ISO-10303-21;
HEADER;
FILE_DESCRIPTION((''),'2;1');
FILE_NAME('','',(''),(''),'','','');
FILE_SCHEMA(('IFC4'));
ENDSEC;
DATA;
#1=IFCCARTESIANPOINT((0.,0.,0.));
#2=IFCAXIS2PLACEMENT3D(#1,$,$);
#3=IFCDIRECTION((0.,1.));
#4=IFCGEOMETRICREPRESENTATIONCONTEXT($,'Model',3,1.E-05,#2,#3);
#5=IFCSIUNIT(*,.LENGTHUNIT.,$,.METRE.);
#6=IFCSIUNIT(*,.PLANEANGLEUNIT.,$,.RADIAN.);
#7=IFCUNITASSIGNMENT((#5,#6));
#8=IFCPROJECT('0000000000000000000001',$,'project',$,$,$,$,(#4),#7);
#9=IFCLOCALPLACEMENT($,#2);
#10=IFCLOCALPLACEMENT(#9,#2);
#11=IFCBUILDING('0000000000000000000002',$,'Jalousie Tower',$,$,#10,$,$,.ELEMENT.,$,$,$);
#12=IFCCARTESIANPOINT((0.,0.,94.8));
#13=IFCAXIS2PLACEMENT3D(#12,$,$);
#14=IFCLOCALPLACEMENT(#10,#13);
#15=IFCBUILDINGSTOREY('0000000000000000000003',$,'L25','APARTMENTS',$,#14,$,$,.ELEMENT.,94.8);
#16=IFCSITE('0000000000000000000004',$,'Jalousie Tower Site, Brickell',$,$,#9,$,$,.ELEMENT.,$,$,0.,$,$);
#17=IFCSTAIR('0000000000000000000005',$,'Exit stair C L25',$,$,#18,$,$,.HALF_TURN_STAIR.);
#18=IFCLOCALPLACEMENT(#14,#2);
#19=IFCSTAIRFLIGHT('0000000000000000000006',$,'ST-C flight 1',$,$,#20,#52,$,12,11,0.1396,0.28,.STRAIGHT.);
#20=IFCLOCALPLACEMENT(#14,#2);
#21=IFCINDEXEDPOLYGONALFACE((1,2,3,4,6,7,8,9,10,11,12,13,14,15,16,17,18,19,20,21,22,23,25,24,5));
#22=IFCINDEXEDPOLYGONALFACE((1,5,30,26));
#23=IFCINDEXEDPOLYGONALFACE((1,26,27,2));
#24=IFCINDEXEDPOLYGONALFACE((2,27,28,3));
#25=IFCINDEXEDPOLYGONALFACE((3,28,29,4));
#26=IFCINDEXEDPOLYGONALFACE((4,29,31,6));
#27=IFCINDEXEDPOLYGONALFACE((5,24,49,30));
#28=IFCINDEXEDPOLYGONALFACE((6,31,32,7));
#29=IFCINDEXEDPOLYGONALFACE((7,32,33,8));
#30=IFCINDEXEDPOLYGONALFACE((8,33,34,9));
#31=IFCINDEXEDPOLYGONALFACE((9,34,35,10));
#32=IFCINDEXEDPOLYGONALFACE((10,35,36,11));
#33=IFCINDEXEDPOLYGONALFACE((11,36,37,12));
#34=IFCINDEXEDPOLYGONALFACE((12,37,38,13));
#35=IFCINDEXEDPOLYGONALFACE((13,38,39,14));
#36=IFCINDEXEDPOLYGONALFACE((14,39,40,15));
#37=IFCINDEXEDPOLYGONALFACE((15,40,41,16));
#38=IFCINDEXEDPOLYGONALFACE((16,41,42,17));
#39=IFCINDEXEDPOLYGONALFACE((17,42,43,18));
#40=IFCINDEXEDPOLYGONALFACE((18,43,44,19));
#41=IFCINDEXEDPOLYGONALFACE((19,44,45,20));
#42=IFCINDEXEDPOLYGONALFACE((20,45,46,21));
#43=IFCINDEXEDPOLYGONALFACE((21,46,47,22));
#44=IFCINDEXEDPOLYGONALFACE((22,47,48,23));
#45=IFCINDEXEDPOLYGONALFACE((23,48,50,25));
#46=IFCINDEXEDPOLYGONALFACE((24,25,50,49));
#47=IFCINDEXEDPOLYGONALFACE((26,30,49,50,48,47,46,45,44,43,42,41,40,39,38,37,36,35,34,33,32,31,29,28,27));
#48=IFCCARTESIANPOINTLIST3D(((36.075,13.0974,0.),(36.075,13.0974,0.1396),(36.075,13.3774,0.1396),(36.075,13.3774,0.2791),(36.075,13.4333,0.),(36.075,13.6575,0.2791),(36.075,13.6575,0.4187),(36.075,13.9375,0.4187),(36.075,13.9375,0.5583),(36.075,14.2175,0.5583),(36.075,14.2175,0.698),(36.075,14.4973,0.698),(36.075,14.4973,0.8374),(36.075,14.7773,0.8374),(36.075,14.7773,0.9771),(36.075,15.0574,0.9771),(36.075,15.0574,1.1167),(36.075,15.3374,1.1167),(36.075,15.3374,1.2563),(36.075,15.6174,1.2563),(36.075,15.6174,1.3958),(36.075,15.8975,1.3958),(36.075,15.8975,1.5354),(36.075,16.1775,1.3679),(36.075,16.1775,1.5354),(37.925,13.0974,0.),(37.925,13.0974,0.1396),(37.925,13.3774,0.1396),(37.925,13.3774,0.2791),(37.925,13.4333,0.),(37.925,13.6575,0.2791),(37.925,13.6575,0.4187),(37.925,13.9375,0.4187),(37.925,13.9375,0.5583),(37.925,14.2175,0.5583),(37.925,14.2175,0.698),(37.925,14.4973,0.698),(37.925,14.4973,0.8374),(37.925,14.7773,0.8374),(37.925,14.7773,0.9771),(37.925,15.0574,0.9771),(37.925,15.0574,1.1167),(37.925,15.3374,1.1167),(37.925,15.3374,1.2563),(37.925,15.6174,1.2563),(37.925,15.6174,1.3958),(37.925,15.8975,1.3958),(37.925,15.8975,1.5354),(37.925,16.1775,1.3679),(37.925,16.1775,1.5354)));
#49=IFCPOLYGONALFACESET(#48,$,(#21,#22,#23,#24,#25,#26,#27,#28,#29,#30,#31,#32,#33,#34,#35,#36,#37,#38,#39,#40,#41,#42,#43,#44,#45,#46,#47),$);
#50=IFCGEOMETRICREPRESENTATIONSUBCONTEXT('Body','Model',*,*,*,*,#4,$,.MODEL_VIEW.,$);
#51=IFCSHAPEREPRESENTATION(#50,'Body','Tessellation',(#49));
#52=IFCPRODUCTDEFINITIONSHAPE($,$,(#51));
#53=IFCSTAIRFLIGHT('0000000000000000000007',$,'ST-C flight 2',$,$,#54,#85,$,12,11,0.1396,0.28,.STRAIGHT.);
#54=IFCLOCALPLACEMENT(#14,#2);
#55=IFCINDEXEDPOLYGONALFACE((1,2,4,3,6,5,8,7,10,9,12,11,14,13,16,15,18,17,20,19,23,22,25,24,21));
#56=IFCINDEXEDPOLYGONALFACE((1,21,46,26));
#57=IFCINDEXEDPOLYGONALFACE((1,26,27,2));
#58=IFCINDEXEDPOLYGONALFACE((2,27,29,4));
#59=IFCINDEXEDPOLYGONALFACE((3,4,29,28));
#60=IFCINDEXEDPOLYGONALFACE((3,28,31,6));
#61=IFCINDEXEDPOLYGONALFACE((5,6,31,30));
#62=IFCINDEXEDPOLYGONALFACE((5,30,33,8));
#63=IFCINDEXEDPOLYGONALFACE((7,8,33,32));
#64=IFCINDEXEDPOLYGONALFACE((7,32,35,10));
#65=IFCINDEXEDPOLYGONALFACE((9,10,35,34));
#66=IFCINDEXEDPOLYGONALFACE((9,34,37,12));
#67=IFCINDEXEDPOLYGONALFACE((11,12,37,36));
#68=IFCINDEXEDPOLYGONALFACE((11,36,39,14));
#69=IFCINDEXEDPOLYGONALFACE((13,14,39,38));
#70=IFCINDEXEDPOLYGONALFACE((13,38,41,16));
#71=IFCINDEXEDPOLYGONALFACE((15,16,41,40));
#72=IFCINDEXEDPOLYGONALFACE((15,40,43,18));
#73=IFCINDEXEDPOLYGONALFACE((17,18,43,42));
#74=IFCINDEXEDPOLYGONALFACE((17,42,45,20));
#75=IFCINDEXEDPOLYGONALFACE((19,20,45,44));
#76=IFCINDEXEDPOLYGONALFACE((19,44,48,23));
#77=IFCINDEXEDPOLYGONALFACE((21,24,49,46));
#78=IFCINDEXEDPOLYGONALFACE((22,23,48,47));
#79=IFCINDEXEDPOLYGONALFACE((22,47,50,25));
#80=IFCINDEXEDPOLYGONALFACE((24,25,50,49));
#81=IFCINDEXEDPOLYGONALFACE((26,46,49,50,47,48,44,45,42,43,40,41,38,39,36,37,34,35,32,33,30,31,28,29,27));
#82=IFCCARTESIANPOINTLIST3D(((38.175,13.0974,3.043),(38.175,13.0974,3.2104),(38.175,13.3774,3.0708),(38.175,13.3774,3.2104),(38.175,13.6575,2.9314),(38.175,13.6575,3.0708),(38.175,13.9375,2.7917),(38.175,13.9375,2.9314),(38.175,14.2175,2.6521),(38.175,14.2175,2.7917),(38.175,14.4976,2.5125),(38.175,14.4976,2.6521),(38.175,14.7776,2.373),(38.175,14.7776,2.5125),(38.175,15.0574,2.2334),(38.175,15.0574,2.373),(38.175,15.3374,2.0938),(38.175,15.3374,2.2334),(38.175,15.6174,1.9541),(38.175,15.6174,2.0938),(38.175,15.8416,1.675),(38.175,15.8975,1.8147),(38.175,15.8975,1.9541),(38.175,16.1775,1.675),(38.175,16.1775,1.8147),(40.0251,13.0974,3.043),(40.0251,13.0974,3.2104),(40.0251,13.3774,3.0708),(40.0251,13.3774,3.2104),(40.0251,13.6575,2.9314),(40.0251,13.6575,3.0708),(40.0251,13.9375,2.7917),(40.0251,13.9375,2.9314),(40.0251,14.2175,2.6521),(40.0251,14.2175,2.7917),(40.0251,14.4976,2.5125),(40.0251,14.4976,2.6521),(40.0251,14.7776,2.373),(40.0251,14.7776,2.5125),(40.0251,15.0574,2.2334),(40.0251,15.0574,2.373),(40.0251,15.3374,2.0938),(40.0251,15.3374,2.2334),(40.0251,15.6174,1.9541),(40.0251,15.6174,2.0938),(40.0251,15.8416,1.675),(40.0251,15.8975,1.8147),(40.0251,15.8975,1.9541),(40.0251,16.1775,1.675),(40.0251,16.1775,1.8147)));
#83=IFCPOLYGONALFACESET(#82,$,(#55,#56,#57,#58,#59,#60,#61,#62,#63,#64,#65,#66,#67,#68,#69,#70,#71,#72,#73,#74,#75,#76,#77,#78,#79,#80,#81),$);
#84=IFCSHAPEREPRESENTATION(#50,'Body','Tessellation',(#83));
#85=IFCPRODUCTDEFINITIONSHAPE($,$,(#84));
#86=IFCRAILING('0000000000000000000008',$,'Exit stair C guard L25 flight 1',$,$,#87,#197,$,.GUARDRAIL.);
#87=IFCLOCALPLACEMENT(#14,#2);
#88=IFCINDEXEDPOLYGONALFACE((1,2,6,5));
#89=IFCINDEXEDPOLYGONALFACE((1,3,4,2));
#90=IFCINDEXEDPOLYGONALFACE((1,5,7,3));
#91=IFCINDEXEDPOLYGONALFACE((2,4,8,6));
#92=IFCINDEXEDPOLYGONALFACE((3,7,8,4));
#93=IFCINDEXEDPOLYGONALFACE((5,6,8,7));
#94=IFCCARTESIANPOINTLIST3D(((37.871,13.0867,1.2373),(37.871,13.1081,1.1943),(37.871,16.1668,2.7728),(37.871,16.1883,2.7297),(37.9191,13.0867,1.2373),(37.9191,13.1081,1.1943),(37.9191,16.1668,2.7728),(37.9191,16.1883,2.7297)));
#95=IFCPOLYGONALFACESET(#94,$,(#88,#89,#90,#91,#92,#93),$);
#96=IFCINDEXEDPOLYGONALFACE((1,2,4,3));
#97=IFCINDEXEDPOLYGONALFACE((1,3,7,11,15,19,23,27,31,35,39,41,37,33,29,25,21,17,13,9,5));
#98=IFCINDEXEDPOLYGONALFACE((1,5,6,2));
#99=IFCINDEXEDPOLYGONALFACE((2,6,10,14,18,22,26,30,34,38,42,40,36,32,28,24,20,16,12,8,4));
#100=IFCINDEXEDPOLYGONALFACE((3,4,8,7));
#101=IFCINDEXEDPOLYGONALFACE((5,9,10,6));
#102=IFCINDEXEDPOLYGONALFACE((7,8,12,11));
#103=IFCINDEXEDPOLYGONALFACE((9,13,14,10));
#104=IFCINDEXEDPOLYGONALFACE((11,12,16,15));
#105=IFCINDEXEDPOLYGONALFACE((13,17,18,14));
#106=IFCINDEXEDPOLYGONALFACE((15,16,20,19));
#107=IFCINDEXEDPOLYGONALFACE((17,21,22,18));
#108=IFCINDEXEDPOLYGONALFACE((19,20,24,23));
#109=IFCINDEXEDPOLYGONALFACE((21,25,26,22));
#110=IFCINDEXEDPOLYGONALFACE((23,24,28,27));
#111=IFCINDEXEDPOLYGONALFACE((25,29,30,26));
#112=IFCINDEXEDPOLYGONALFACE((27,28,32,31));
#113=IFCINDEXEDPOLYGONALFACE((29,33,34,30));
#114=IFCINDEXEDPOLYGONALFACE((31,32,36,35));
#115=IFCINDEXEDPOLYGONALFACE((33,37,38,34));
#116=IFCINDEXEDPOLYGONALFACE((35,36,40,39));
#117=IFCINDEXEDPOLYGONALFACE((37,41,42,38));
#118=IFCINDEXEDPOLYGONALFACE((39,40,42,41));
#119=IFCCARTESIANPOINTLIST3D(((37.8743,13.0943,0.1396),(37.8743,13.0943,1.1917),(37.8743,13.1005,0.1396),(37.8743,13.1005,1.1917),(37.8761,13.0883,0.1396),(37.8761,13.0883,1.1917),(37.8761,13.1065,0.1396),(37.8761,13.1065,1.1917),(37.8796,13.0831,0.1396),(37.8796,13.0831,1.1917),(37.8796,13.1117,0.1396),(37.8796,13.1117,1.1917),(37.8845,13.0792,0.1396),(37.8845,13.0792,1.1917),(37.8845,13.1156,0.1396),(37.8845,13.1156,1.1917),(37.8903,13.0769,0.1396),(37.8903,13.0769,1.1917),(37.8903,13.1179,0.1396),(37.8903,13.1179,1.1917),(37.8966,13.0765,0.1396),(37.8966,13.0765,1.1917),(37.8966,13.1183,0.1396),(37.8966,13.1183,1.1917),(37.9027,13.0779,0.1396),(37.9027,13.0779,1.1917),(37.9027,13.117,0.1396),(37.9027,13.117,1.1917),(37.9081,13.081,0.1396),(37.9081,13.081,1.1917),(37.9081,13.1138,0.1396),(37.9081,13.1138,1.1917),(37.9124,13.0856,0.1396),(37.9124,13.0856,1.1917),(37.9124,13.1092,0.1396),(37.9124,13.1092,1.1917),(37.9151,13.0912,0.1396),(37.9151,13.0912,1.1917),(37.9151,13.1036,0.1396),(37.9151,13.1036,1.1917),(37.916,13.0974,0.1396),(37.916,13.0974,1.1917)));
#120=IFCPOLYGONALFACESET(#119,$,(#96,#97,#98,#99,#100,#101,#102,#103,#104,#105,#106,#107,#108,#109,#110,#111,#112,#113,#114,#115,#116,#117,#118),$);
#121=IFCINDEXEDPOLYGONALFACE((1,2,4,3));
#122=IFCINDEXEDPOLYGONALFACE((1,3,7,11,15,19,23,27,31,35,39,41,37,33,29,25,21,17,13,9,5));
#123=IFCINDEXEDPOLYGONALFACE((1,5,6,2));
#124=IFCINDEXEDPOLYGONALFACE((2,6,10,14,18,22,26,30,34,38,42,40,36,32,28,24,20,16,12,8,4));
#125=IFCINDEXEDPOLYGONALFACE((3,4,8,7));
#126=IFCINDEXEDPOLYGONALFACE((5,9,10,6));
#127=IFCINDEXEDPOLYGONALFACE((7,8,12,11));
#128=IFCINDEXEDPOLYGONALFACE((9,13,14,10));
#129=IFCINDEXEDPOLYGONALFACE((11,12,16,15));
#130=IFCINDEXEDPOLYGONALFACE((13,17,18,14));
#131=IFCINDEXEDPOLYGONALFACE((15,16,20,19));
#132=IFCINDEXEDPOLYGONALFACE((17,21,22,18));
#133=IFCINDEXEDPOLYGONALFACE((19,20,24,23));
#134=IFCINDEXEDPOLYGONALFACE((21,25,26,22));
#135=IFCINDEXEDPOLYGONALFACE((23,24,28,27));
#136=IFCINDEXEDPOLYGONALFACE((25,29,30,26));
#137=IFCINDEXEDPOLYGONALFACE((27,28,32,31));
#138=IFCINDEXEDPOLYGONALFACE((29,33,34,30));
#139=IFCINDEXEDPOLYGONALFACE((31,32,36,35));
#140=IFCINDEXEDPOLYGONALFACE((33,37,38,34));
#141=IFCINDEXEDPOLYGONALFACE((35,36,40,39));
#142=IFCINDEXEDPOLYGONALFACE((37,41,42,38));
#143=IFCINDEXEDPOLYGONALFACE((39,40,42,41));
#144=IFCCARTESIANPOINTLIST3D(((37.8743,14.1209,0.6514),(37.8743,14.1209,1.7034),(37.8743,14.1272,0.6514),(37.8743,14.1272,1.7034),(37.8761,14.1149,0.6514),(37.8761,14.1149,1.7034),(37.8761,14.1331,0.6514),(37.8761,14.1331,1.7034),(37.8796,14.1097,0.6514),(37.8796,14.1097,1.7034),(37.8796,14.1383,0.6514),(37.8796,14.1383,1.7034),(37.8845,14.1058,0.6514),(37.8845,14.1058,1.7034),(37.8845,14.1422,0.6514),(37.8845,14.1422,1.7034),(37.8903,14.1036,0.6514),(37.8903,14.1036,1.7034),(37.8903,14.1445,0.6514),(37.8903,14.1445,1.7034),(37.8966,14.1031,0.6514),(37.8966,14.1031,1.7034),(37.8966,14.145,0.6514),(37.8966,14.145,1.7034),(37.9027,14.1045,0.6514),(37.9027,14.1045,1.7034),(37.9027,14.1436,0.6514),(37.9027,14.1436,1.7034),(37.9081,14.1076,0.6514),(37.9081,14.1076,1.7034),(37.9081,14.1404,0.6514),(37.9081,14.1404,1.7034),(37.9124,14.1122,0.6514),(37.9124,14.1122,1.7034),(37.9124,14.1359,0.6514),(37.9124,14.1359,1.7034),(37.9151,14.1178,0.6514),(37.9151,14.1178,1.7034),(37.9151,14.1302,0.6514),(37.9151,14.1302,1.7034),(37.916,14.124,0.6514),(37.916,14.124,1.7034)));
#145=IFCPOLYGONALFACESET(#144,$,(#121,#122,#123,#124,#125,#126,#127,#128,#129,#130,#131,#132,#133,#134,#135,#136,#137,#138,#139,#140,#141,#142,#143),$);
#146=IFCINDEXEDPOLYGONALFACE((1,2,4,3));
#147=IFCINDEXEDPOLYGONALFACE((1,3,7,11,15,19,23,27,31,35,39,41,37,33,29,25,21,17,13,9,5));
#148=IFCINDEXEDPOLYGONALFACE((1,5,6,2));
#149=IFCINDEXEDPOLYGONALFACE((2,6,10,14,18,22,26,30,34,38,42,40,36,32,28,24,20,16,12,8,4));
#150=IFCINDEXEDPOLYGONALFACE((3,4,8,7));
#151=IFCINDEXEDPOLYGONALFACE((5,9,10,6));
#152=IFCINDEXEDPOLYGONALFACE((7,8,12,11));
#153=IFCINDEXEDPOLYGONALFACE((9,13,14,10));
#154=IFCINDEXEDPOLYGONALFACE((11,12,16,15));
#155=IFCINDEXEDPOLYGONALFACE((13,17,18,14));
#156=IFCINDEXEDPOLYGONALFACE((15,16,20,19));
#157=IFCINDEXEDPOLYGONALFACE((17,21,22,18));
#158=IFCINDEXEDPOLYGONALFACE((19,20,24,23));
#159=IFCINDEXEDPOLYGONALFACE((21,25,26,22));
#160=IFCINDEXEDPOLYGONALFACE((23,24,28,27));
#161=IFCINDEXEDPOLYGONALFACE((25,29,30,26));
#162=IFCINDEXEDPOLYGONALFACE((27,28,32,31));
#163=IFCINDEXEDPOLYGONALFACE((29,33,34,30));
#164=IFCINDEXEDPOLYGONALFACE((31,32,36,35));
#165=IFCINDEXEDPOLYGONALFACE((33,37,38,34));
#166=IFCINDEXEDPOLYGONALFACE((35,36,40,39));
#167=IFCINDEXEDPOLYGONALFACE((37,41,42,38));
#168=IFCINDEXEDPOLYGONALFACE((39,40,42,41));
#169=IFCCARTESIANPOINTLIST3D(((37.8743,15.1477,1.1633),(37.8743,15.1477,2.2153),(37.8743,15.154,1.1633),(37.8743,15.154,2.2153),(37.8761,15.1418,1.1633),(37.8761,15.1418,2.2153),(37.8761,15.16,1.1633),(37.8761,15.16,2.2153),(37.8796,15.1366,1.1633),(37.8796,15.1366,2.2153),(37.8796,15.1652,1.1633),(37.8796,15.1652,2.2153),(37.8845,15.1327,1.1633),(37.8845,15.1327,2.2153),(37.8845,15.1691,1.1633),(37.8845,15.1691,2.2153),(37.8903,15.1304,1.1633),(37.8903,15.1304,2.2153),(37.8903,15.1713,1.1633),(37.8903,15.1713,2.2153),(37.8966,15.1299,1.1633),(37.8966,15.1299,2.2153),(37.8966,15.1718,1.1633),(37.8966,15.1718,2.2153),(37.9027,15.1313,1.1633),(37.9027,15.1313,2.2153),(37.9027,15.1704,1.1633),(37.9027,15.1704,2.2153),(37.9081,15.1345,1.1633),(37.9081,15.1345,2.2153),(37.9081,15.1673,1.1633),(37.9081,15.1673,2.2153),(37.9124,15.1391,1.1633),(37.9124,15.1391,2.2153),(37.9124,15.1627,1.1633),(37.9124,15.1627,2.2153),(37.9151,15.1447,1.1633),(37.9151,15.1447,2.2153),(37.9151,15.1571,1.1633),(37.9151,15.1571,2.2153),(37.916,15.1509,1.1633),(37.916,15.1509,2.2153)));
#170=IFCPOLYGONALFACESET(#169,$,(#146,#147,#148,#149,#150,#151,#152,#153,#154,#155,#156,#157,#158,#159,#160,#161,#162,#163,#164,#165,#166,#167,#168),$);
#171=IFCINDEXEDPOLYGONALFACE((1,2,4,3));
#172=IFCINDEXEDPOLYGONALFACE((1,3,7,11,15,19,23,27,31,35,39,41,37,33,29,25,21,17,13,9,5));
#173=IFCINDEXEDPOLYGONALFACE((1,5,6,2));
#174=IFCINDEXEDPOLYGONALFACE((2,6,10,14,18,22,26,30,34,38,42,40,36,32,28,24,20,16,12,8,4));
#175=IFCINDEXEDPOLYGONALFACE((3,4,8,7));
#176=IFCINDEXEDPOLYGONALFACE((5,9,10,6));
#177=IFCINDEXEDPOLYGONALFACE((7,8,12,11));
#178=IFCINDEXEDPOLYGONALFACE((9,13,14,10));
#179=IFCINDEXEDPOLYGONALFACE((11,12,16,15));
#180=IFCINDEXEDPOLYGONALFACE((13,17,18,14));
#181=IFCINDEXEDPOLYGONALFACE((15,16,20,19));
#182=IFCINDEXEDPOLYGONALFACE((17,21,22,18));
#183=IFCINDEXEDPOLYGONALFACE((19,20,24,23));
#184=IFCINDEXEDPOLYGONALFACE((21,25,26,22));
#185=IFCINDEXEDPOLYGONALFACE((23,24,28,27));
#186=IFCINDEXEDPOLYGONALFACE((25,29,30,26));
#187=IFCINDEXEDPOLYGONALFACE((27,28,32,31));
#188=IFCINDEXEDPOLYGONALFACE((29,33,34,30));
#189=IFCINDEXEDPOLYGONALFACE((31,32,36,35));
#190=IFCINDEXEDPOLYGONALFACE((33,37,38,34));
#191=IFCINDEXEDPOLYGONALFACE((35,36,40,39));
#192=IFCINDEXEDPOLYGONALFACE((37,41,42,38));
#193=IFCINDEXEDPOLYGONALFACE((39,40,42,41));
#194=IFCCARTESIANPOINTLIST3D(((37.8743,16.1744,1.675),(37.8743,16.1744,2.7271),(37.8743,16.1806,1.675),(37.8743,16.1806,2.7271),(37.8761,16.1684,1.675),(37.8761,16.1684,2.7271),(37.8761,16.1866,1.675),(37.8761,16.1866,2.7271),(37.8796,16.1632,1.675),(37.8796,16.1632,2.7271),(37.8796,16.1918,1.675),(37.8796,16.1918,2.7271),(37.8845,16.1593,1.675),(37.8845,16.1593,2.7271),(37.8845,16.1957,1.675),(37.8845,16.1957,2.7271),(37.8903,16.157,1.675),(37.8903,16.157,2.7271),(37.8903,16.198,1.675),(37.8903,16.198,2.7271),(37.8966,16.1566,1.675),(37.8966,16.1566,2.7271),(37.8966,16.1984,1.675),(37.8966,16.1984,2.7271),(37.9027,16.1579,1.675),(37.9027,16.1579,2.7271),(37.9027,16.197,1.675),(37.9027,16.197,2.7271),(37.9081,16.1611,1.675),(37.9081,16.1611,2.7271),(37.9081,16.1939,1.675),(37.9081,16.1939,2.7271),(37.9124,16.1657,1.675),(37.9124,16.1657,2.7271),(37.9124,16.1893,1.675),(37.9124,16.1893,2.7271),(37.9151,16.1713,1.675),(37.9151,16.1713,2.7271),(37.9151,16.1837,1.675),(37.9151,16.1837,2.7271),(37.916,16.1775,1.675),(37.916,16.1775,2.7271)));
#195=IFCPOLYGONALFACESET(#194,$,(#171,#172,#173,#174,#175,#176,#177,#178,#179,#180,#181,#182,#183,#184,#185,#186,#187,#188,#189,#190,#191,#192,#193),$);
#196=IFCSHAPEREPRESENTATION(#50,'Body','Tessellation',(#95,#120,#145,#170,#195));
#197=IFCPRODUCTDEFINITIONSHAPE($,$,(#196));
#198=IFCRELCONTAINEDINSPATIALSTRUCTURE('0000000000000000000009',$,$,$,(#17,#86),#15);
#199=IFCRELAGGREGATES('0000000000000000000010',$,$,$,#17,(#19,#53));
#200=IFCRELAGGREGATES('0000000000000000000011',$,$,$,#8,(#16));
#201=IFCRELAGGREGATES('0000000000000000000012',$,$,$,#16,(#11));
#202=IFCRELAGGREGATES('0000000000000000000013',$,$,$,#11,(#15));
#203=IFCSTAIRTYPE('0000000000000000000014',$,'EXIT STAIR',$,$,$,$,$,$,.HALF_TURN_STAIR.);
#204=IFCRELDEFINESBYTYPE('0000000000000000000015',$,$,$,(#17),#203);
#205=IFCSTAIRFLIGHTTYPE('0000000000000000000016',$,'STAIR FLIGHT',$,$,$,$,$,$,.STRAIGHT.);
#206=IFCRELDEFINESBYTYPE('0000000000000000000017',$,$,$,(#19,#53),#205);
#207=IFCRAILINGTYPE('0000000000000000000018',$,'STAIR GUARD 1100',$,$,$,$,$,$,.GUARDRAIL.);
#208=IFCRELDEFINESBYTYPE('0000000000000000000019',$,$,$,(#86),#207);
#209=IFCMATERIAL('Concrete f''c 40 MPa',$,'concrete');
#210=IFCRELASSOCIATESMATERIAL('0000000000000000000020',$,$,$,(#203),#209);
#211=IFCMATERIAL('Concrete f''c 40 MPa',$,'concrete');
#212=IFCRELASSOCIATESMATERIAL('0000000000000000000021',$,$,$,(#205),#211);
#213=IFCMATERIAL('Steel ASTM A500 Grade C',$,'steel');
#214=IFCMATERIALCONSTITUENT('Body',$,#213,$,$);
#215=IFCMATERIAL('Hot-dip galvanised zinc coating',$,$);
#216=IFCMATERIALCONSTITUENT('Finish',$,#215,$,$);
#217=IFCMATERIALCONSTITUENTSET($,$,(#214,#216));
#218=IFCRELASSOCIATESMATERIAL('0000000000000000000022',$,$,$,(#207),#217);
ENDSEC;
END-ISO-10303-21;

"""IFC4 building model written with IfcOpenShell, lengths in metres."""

from ifc_helpers import new_model, si_unit, direction, frame, origin, origin_2d, place, context, subcontext, project, spatial, polyline, rectangle, circle, outline, extrude, material, constituent, constituent_set, type_object, element, aggregate, save


model = new_model("IFC4")

# Units and contexts
model_context = context("Model", 3, precision=1e-05, world=origin(), true_north=direction((0.0, 1.0)))
body_context = subcontext(model_context, "Body", "Model", "MODEL_VIEW")
ifc_project = project(units=[si_unit("LENGTHUNIT", "METRE"), si_unit("PLANEANGLEUNIT", "RADIAN")], contexts=[model_context])

# Site, building, storey
site_placement = place(None, origin())
site = spatial("IfcSite", under=ifc_project, at=site_placement, Name="Jalousie Tower Site, Brickell", CompositionType="ELEMENT", RefElevation=0.0)
building_placement = place(site_placement, origin())
building = spatial("IfcBuilding", under=site, at=building_placement, Name="Jalousie Tower", CompositionType="ELEMENT")
storey_placement = place(building_placement, frame((0.0, 0.0, 94.8)))
storey = spatial("IfcBuildingStorey", under=building, at=storey_placement, Name="L25", Description="APARTMENTS", CompositionType="ELEMENT", Elevation=94.8)

# Stair, stair flights
ifc_material_1 = material(Name="Concrete f'c 40 MPa", Category="concrete")
stair_type = type_object("IfcStairType", Name="EXIT STAIR", PredefinedType="HALF_TURN_STAIR", material=ifc_material_1)
stair_placement = place(storey_placement, origin())
stair = element("IfcStair", 1, at=stair_placement, inside=storey, type_object=stair_type, Name="Exit stair C L25", PredefinedType="HALF_TURN_STAIR")
ifc_material_2 = material(Name="Concrete f'c 40 MPa", Category="concrete")
stair_flight_type = type_object("IfcStairFlightType", Name="STAIR FLIGHT", PredefinedType="STRAIGHT", material=ifc_material_2)
stair_flight_1_placement = place(storey_placement, frame((37.0, 13.0974, 0.0), z_axis=(0.0, 0.0, 1.0), x_axis=(0.0, 1.0, 0.0)))
stair_flight_1 = element("IfcStairFlight", 2, at=stair_flight_1_placement, type_object=stair_flight_type, Name="ST-C flight 1", NumberOfRisers=12, NumberOfTreads=11, PredefinedType="STRAIGHT", RiserHeight=0.1396, TreadLength=0.28, context=body_context, shape_type="SweptSolid", body=[
    extrude(outline(polyline([(0.0, 0.0), (0.0, 0.1396), (0.28, 0.1396), (0.28, 0.2791), (0.5601, 0.2791), (0.5601, 0.4187), (0.8401, 0.4187), (0.8401, 0.5583), (1.1201, 0.5583), (1.1201, 0.698), (1.3999, 0.698), (1.3999, 0.8374), (1.6799, 0.8374), (1.6799, 0.9771), (1.96, 0.9771), (1.96, 1.1167), (2.24, 1.1167), (2.24, 1.2563), (2.52, 1.2563), (2.52, 1.3958), (2.8, 1.3958), (2.8, 1.5354), (3.0801, 1.5354), (3.0801, 1.675), (3.0801, 1.3679), (0.3359, 0.0), (0.0, 0.0)])), frame((0.0, 0.925, 0.0), z_axis=(0.0, -1.0, 0.0), x_axis=(1.0, 0.0, 0.0)), (0.0, 0.0, 1.0), 1.8501),
])
stair_flight_2_placement = place(storey_placement, frame((39.1001, 16.1775, 1.675), z_axis=(0.0, 0.0, 1.0), x_axis=(0.0, -1.0, 0.0)))
stair_flight_2 = element("IfcStairFlight", 3, at=stair_flight_2_placement, type_object=stair_flight_type, Name="ST-C flight 2", NumberOfRisers=12, NumberOfTreads=11, PredefinedType="STRAIGHT", RiserHeight=0.1396, TreadLength=0.28, context=body_context, shape_type="SweptSolid", body=[
    extrude(outline(polyline([(0.0, 0.0), (0.0, 0.1396), (0.28, 0.1396), (0.28, 0.2791), (0.5601, 0.2791), (0.5601, 0.4187), (0.8401, 0.4187), (0.8401, 0.5583), (1.1201, 0.5583), (1.1201, 0.698), (1.3999, 0.698), (1.3999, 0.8374), (1.6799, 0.8374), (1.6799, 0.9771), (1.96, 0.9771), (1.96, 1.1167), (2.24, 1.1167), (2.24, 1.2563), (2.52, 1.2563), (2.52, 1.3958), (2.8, 1.3958), (2.8, 1.5354), (3.0801, 1.5354), (3.0801, 1.675), (3.0801, 1.3679), (0.3359, 0.0), (0.0, 0.0)])), frame((0.0, 0.925, 0.0), z_axis=(0.0, -1.0, 0.0), x_axis=(1.0, 0.0, 0.0)), (0.0, 0.0, 1.0), 1.8501),
])
aggregate(stair, [stair_flight_1, stair_flight_2])

# Railing
ifc_material_3 = material(Name="Steel ASTM A500 Grade C", Category="steel")
ifc_constituent_1 = constituent(ifc_material_3, Name="Body")
ifc_material_4 = material(Name="Hot-dip galvanised zinc coating")
ifc_constituent_2 = constituent(ifc_material_4, Name="Finish")
ifc_constituent_set_1 = constituent_set(constituents=[ifc_constituent_1, ifc_constituent_2])
railing_type_1 = type_object("IfcRailingType", Name="STAIR GUARD 1100", PredefinedType="GUARDRAIL", material=ifc_constituent_set_1)
railing_1_placement = place(storey_placement, frame((37.895, 13.0974, 0.1396)))
element("IfcRailing", 4, at=railing_1_placement, inside=storey, type_object=railing_type_1, Name="Exit stair C guard L25 flight 1", PredefinedType="GUARDRAIL", context=body_context, shape_type="SweptSolid", body=[
    extrude(rectangle(XDim=0.0481, YDim=0.0481, at=origin_2d()), frame((0.0, 0.0, 1.0762), z_axis=(0.0, 0.894966, 0.446135), x_axis=(-1.0, 0.0, 0.0)), (0.0, 0.0, 1.0), 3.4417),
    extrude(circle(Radius=0.021, at=origin_2d()), origin(), (0.0, 0.0, 1.0), 1.052),
    extrude(circle(Radius=0.021, at=origin_2d()), frame((0.0, 1.0266, 0.5117)), (0.0, 0.0, 1.0), 1.052),
    extrude(circle(Radius=0.021, at=origin_2d()), frame((0.0, 2.0535, 1.0237)), (0.0, 0.0, 1.0), 1.052),
    extrude(circle(Radius=0.021, at=origin_2d()), frame((0.0, 3.0801, 1.5354)), (0.0, 0.0, 1.0), 1.052),
])

save(model, "model.ifc")
